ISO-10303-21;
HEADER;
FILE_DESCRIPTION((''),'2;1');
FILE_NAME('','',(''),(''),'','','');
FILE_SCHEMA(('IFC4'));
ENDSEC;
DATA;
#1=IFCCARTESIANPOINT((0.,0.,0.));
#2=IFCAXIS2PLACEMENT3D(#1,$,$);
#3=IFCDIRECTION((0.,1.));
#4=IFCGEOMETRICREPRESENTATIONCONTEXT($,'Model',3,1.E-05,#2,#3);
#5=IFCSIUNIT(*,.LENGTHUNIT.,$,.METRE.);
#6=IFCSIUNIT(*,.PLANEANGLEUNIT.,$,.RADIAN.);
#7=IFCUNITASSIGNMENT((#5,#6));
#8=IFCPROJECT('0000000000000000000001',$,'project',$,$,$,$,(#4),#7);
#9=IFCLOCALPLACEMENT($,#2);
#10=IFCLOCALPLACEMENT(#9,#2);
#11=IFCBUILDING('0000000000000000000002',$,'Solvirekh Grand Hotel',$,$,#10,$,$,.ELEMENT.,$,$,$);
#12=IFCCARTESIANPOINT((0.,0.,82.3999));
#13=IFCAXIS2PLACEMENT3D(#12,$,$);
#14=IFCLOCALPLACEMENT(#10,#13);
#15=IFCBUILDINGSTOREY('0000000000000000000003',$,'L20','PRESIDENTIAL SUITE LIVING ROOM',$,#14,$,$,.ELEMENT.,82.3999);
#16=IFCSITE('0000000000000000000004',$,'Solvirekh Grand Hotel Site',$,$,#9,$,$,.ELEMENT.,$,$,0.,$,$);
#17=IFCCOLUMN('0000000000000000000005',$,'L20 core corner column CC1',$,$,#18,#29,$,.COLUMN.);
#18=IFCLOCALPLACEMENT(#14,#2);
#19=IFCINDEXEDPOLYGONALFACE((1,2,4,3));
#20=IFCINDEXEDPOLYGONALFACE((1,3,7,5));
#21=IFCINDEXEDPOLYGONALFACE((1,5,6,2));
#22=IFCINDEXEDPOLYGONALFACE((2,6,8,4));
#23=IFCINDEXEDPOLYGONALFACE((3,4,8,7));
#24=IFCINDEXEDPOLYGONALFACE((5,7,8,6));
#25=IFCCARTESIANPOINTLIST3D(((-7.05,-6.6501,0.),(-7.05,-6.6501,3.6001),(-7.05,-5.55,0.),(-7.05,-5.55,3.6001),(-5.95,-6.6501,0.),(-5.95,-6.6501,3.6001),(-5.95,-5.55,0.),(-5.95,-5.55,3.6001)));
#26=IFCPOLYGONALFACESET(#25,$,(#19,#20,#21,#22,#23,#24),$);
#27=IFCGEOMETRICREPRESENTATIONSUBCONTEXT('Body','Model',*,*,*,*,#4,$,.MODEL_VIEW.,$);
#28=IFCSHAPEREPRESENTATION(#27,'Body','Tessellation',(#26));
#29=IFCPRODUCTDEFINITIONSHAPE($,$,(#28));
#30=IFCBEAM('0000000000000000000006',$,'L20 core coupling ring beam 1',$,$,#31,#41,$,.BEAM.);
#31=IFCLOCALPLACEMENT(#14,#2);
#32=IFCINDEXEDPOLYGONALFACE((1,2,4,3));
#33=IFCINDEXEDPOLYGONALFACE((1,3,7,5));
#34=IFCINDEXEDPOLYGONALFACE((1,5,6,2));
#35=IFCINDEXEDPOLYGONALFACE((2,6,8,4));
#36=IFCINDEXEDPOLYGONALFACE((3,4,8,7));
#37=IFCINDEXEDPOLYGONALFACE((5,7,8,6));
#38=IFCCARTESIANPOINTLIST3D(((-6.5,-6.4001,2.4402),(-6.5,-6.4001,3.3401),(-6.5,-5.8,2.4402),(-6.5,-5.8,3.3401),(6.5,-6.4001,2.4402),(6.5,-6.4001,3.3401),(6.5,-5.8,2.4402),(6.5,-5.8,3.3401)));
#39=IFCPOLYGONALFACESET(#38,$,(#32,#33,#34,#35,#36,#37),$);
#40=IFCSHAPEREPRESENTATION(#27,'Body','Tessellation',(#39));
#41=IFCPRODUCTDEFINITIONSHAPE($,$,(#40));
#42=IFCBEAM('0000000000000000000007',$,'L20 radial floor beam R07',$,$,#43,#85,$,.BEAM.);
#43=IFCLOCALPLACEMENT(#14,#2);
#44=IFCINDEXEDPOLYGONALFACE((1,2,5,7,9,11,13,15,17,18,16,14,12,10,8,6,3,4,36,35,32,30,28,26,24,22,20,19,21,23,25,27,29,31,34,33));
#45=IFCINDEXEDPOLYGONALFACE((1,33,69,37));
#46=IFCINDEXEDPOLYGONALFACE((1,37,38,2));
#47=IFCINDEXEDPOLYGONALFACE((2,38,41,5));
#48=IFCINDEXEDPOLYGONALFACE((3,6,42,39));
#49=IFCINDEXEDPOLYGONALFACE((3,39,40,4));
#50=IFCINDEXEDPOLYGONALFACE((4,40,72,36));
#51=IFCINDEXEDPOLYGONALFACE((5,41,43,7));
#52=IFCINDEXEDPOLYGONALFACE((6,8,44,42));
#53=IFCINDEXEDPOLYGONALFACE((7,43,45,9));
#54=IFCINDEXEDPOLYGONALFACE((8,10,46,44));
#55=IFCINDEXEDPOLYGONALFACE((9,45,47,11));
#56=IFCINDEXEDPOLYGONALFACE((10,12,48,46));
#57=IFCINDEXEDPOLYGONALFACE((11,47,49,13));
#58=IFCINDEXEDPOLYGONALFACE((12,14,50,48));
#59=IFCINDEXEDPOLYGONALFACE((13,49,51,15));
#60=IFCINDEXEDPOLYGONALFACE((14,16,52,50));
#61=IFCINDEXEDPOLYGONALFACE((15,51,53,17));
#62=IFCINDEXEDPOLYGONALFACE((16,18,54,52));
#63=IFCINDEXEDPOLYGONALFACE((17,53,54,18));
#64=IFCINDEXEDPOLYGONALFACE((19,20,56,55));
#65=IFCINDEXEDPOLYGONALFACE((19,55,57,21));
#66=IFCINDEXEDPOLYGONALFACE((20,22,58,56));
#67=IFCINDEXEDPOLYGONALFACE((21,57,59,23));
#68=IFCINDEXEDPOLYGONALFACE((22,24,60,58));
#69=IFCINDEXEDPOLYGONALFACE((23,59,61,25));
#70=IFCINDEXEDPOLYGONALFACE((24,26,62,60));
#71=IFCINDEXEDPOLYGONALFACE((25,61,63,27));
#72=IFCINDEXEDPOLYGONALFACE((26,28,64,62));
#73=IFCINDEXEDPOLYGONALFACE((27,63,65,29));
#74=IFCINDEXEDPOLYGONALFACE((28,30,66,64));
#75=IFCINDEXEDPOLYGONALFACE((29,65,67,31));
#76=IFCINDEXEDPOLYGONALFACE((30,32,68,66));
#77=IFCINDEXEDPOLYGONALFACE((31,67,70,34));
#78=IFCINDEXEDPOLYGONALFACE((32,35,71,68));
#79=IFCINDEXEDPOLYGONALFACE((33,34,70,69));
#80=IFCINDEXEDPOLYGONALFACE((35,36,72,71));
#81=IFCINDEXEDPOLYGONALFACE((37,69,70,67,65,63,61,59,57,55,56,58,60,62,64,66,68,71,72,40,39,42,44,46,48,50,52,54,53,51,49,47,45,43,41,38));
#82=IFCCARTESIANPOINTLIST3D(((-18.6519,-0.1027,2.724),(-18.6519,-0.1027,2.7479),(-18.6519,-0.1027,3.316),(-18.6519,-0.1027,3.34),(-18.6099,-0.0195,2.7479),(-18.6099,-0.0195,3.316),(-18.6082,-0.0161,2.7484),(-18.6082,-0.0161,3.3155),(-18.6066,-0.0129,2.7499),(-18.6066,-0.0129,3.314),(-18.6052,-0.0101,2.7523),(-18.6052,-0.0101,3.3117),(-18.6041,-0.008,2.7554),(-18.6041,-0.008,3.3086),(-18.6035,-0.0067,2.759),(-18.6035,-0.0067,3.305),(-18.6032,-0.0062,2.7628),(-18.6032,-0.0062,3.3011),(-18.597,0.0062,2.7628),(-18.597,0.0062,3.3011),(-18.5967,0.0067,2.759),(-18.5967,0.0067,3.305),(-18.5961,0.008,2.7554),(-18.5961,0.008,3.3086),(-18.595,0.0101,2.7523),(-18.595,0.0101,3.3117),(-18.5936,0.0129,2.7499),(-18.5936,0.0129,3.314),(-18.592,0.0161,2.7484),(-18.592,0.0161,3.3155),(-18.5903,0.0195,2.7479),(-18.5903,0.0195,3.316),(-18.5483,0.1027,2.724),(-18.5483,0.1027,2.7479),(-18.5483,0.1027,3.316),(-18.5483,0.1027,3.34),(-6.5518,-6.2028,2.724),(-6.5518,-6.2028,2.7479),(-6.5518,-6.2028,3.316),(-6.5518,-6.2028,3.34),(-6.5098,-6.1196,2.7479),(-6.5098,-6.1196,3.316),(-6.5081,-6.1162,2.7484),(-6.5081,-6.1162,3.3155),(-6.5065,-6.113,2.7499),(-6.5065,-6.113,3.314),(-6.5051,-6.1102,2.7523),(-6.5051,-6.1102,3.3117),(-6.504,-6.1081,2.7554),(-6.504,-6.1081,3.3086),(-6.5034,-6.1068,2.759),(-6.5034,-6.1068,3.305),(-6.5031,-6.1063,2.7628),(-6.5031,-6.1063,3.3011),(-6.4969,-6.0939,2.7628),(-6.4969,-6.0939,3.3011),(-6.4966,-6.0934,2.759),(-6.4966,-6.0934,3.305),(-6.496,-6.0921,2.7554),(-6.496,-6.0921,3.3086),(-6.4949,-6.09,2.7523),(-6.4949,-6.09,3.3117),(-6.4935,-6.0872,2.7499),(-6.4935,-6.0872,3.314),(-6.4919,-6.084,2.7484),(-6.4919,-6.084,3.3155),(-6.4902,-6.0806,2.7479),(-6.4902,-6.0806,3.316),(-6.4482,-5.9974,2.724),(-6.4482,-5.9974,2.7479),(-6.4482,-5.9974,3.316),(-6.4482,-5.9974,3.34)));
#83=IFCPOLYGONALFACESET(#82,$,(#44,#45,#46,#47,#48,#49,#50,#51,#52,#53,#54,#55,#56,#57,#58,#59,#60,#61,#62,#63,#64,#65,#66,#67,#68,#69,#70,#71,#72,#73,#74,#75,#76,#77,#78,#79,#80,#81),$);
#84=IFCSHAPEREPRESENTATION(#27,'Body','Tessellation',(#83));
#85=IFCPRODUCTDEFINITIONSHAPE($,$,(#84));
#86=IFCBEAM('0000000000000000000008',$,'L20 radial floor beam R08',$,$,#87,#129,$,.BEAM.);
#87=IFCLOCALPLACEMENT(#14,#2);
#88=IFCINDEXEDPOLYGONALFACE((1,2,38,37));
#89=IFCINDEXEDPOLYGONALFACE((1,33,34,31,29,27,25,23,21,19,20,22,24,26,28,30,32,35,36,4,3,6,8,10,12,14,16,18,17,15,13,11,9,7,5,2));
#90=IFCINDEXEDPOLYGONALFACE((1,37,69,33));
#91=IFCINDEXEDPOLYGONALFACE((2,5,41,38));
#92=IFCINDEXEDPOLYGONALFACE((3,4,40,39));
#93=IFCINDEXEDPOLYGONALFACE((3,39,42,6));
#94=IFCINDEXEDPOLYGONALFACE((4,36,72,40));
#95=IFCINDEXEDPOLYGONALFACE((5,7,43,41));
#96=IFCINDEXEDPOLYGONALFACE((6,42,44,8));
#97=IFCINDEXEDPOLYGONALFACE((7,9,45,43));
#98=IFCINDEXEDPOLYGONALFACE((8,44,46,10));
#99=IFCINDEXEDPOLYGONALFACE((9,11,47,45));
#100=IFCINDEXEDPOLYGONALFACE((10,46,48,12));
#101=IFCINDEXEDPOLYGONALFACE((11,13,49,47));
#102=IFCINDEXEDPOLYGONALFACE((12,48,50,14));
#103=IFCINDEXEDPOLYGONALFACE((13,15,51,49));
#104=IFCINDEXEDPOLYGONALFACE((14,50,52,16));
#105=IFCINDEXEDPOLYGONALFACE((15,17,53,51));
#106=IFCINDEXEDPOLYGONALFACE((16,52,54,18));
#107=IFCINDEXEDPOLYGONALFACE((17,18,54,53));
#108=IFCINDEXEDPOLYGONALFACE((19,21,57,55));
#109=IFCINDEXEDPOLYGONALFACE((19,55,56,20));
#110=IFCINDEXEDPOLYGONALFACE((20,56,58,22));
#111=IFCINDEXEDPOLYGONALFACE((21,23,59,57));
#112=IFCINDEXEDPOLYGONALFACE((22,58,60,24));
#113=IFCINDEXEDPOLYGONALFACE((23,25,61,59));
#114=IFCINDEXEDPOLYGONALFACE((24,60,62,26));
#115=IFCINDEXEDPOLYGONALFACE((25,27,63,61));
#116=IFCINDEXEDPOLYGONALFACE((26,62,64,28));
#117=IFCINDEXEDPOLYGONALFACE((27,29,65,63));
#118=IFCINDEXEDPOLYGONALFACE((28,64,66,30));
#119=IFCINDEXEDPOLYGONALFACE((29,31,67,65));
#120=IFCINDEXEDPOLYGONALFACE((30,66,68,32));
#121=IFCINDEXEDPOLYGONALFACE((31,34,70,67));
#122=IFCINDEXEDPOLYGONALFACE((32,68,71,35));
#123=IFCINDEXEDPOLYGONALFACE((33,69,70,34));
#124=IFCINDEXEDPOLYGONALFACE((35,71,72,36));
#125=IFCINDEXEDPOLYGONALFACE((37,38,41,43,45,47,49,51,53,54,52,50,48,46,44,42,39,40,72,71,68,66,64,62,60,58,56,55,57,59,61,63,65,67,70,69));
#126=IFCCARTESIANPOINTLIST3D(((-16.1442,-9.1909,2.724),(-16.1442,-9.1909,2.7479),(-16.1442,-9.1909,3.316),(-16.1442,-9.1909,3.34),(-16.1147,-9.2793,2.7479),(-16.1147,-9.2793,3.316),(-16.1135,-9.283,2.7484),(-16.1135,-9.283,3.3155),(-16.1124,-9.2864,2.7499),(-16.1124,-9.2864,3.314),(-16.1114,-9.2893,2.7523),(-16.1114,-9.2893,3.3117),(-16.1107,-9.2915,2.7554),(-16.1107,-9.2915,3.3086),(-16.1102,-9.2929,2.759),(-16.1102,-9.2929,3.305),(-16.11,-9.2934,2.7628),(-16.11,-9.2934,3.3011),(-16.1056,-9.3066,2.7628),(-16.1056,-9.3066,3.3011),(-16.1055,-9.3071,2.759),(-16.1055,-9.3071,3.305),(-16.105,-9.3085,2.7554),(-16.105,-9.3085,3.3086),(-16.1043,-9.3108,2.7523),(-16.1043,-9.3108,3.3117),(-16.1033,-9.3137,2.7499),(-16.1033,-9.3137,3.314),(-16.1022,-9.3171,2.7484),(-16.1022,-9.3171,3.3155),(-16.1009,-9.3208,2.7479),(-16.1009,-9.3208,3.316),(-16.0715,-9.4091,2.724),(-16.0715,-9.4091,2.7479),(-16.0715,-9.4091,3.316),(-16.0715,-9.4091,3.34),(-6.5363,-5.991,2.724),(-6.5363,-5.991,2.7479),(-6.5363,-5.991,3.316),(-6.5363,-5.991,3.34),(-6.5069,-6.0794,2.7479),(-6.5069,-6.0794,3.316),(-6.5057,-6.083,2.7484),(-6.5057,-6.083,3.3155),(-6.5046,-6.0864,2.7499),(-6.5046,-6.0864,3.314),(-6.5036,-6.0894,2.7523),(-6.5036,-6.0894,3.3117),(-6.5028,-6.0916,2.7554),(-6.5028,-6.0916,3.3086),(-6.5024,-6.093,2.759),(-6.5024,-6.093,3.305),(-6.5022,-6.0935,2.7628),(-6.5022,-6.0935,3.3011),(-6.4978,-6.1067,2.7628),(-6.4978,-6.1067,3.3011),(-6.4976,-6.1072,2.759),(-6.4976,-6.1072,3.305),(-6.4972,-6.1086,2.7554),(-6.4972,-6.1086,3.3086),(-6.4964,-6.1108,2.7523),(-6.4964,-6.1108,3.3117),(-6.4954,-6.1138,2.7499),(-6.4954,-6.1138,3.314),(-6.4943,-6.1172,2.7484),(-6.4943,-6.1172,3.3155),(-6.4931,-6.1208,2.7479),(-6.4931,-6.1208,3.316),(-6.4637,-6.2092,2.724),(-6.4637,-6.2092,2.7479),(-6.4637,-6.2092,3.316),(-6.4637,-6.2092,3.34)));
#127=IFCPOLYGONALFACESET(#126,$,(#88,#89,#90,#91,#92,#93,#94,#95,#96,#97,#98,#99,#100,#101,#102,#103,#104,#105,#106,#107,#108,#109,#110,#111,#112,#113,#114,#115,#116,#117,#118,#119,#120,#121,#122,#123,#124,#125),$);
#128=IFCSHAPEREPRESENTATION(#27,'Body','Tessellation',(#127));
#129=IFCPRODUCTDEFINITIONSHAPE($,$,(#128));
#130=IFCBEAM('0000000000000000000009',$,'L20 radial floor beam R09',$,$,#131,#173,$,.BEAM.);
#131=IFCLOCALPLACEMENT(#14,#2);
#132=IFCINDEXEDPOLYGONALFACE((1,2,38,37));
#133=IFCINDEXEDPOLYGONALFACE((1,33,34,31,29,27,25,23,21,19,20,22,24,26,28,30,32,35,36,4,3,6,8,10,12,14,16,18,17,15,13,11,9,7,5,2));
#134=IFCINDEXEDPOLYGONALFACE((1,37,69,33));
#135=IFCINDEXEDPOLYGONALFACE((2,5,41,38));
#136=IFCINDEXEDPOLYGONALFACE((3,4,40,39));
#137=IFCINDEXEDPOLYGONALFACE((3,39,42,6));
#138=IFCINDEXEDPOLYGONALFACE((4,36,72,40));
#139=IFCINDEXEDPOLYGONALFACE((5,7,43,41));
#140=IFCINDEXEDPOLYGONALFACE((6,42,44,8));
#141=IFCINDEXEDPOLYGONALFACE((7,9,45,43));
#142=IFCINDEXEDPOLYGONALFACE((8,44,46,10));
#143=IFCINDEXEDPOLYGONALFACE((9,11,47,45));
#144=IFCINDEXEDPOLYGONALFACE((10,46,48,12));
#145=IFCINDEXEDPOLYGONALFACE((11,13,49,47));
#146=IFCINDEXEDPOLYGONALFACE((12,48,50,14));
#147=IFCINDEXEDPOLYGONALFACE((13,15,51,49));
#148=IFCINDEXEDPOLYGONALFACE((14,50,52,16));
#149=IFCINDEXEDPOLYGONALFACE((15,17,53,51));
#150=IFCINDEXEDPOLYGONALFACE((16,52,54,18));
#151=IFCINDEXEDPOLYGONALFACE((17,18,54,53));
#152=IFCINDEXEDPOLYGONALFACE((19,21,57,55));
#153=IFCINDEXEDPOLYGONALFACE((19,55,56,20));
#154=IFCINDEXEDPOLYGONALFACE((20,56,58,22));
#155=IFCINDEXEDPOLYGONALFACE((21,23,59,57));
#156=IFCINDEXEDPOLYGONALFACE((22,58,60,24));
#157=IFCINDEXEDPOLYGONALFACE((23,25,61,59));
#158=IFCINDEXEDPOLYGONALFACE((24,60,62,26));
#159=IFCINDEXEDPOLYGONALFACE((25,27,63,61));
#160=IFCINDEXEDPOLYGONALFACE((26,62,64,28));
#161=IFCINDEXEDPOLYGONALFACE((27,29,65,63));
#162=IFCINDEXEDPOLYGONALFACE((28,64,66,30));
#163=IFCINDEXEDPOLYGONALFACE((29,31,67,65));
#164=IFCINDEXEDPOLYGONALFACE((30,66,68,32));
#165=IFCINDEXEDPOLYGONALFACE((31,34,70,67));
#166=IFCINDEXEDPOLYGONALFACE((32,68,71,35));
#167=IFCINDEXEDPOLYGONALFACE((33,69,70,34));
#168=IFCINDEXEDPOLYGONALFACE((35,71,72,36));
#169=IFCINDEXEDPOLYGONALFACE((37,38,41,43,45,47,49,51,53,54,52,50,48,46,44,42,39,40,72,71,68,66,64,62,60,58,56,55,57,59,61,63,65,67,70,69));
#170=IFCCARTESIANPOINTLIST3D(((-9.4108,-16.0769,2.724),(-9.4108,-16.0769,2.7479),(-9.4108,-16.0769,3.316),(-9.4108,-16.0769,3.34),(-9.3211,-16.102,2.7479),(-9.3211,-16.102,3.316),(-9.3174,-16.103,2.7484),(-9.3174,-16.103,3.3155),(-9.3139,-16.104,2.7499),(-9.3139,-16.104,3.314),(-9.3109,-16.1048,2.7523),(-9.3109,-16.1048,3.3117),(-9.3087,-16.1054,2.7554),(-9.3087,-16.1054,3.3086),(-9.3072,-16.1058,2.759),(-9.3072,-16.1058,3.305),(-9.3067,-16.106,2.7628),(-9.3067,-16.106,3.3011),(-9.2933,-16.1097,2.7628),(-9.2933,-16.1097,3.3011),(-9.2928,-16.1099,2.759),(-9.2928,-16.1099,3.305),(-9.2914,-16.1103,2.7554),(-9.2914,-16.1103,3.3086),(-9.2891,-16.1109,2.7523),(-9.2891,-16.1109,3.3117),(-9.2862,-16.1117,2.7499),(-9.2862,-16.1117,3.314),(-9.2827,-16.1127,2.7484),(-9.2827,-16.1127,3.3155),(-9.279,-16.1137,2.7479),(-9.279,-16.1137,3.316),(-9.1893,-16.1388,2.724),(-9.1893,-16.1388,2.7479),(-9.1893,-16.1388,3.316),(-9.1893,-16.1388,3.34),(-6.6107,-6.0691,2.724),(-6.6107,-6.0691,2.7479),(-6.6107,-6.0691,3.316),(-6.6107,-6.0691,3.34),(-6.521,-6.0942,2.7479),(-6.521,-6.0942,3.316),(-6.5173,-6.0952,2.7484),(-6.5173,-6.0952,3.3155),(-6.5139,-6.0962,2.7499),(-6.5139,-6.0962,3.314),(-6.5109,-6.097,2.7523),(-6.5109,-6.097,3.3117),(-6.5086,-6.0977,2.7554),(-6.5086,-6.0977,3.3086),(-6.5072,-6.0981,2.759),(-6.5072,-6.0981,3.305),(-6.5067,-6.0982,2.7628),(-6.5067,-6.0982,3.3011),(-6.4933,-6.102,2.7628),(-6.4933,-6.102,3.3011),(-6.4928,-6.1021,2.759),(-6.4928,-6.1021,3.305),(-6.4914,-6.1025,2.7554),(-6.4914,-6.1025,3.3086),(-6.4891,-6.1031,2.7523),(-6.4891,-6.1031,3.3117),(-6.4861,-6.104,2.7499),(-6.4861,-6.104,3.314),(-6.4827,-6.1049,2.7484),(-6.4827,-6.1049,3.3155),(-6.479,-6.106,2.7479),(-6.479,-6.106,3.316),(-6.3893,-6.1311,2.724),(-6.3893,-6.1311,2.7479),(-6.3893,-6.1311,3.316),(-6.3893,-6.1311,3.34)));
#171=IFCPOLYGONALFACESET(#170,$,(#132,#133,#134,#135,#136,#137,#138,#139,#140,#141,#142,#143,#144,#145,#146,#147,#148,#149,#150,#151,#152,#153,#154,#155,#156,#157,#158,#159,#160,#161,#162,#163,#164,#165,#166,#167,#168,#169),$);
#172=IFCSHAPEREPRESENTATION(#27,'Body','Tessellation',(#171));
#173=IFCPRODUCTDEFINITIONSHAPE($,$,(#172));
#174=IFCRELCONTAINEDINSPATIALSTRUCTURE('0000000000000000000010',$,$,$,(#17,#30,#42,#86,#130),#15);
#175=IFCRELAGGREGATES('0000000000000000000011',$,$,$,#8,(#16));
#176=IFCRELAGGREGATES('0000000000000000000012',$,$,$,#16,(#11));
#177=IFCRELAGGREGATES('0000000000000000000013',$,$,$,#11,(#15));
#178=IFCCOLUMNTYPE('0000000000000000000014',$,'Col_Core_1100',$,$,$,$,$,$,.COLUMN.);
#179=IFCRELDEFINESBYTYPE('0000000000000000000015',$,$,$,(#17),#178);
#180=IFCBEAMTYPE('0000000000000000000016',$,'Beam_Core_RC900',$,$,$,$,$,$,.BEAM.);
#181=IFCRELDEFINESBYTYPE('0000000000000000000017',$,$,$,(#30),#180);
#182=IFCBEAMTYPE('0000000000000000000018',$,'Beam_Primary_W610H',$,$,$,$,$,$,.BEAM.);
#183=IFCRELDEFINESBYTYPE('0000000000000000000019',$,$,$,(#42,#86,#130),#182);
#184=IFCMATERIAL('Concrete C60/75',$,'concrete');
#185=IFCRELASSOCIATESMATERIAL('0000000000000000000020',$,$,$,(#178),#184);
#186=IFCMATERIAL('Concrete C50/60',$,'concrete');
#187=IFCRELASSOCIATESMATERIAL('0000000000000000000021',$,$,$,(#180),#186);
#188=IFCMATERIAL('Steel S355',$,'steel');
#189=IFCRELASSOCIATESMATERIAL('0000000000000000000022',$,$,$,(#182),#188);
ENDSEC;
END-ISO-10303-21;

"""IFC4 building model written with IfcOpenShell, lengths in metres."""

from ifc_helpers import new_model, si_unit, direction, frame, origin, origin_2d, place, context, subcontext, project, spatial, rectangle, i_section, extrude, material, material_profile, profile_set, type_object, element, save


model = new_model("IFC4")

# Units and contexts
model_context = context("Model", 3, precision=1e-05, world=origin(), true_north=direction((0.0, 1.0)))
body_context = subcontext(model_context, "Body", "Model", "MODEL_VIEW")
ifc_project = project(units=[si_unit("LENGTHUNIT", "METRE"), si_unit("PLANEANGLEUNIT", "RADIAN")], contexts=[model_context])

# Site, building, storey
site_placement = place(None, origin())
site = spatial("IfcSite", under=ifc_project, at=site_placement, Name="Solvirekh Grand Hotel Site", CompositionType="ELEMENT", RefElevation=0.0)
building_placement = place(site_placement, origin())
building = spatial("IfcBuilding", under=site, at=building_placement, Name="Solvirekh Grand Hotel", CompositionType="ELEMENT")
storey_placement = place(building_placement, frame((0.0, 0.0, 82.3999)))
storey = spatial("IfcBuildingStorey", under=building, at=storey_placement, Name="L20", Description="PRESIDENTIAL SUITE LIVING ROOM", CompositionType="ELEMENT", Elevation=82.3999)

# Column
ifc_material_1 = material(Name="Concrete C60/75", Category="concrete")
ifc_material_profile_1 = material_profile(ifc_material_1, rectangle(XDim=1.1001, YDim=1.1001, at=origin_2d()), Name="RC 1100X1100")
ifc_profile_set_1 = profile_set([ifc_material_profile_1], Name="Concrete C60/75")
column_type = type_object("IfcColumnType", Name="Col_Core_1100", PredefinedType="COLUMN", material=ifc_profile_set_1)
column_placement = place(storey_placement, frame((-6.5, -6.1001, 0.0), z_axis=(0.0, 0.0, 1.0), x_axis=(1.0, 0.0, 0.0)))
element("IfcColumn", 1, at=column_placement, inside=storey, type_object=column_type, Name="L20 core corner column CC1", PredefinedType="COLUMN", context=body_context, shape_type="SweptSolid", body=[
    extrude(rectangle(XDim=1.1001, YDim=1.1001, at=origin_2d()), origin(), (0.0, 0.0, 1.0), 3.6001),
])

# Beams
ifc_material_2 = material(Name="Concrete C50/60", Category="concrete")
ifc_material_profile_2 = material_profile(ifc_material_2, rectangle(XDim=0.6001, YDim=0.8999, at=origin_2d()), Name="RC BEAM 600X900")
ifc_profile_set_2 = profile_set([ifc_material_profile_2], Name="Concrete C50/60")
beam_type_1 = type_object("IfcBeamType", Name="Beam_Core_RC900", PredefinedType="BEAM", material=ifc_profile_set_2)
beam_1_placement = place(storey_placement, frame((-6.5, -6.1001, 2.8901), z_axis=(1.0, 0.0, 0.0), x_axis=(0.0, 1.0, 0.0)))
element("IfcBeam", 2, at=beam_1_placement, inside=storey, type_object=beam_type_1, Name="L20 core coupling ring beam 1", PredefinedType="BEAM", context=body_context, shape_type="SweptSolid", body=[
    extrude(rectangle(XDim=0.6001, YDim=0.8999, at=origin_2d()), origin(), (0.0, 0.0, 1.0), 13.0),
])
ifc_material_3 = material(Name="Steel S355", Category="steel")
ifc_material_profile_3 = material_profile(ifc_material_3, i_section(OverallWidth=0.23, OverallDepth=0.616, WebThickness=0.0139, FlangeThickness=0.0239, FilletRadius=0.0149, at=origin_2d()), Name="W610X174")
ifc_profile_set_3 = profile_set([ifc_material_profile_3], Name="Steel S355")
beam_type_2 = type_object("IfcBeamType", Name="Beam_Primary_W610H", PredefinedType="BEAM", material=ifc_profile_set_3)
beam_2_placement = place(storey_placement, frame((-6.5, -6.1001, 3.032), z_axis=(-0.892945, 0.450166, 0.0), x_axis=(-0.450166, -0.892945, 0.0)))
element("IfcBeam", 3, at=beam_2_placement, inside=storey, type_object=beam_type_2, Name="L20 radial floor beam R07", PredefinedType="BEAM", context=body_context, shape_type="SweptSolid", body=[
    extrude(i_section(OverallWidth=0.23, OverallDepth=0.616, WebThickness=0.0139, FlangeThickness=0.0239, FilletRadius=0.0149, at=origin_2d()), origin(), (0.0, 0.0, 1.0), 13.5508),
])
beam_3_placement = place(storey_placement, frame((-6.5, -6.1001, 3.032), z_axis=(-0.948763, -0.315989, 0.0), x_axis=(0.315989, -0.948763, 0.0)))
element("IfcBeam", 4, at=beam_3_placement, inside=storey, type_object=beam_type_2, Name="L20 radial floor beam R08", PredefinedType="BEAM", context=body_context, shape_type="SweptSolid", body=[
    extrude(i_section(OverallWidth=0.23, OverallDepth=0.616, WebThickness=0.0139, FlangeThickness=0.0239, FilletRadius=0.0149, at=origin_2d()), origin(), (0.0, 0.0, 1.0), 10.1267),
])
beam_4_placement = place(storey_placement, frame((-6.5, -6.1001, 3.032), z_axis=(-0.269439, -0.963017, 0.0), x_axis=(0.963017, -0.269439, 0.0)))
element("IfcBeam", 5, at=beam_4_placement, inside=storey, type_object=beam_type_2, Name="L20 radial floor beam R09", PredefinedType="BEAM", context=body_context, shape_type="SweptSolid", body=[
    extrude(i_section(OverallWidth=0.23, OverallDepth=0.616, WebThickness=0.0139, FlangeThickness=0.0239, FilletRadius=0.0149, at=origin_2d()), origin(), (0.0, 0.0, 1.0), 10.3921),
])

save(model, "model.ifc")
